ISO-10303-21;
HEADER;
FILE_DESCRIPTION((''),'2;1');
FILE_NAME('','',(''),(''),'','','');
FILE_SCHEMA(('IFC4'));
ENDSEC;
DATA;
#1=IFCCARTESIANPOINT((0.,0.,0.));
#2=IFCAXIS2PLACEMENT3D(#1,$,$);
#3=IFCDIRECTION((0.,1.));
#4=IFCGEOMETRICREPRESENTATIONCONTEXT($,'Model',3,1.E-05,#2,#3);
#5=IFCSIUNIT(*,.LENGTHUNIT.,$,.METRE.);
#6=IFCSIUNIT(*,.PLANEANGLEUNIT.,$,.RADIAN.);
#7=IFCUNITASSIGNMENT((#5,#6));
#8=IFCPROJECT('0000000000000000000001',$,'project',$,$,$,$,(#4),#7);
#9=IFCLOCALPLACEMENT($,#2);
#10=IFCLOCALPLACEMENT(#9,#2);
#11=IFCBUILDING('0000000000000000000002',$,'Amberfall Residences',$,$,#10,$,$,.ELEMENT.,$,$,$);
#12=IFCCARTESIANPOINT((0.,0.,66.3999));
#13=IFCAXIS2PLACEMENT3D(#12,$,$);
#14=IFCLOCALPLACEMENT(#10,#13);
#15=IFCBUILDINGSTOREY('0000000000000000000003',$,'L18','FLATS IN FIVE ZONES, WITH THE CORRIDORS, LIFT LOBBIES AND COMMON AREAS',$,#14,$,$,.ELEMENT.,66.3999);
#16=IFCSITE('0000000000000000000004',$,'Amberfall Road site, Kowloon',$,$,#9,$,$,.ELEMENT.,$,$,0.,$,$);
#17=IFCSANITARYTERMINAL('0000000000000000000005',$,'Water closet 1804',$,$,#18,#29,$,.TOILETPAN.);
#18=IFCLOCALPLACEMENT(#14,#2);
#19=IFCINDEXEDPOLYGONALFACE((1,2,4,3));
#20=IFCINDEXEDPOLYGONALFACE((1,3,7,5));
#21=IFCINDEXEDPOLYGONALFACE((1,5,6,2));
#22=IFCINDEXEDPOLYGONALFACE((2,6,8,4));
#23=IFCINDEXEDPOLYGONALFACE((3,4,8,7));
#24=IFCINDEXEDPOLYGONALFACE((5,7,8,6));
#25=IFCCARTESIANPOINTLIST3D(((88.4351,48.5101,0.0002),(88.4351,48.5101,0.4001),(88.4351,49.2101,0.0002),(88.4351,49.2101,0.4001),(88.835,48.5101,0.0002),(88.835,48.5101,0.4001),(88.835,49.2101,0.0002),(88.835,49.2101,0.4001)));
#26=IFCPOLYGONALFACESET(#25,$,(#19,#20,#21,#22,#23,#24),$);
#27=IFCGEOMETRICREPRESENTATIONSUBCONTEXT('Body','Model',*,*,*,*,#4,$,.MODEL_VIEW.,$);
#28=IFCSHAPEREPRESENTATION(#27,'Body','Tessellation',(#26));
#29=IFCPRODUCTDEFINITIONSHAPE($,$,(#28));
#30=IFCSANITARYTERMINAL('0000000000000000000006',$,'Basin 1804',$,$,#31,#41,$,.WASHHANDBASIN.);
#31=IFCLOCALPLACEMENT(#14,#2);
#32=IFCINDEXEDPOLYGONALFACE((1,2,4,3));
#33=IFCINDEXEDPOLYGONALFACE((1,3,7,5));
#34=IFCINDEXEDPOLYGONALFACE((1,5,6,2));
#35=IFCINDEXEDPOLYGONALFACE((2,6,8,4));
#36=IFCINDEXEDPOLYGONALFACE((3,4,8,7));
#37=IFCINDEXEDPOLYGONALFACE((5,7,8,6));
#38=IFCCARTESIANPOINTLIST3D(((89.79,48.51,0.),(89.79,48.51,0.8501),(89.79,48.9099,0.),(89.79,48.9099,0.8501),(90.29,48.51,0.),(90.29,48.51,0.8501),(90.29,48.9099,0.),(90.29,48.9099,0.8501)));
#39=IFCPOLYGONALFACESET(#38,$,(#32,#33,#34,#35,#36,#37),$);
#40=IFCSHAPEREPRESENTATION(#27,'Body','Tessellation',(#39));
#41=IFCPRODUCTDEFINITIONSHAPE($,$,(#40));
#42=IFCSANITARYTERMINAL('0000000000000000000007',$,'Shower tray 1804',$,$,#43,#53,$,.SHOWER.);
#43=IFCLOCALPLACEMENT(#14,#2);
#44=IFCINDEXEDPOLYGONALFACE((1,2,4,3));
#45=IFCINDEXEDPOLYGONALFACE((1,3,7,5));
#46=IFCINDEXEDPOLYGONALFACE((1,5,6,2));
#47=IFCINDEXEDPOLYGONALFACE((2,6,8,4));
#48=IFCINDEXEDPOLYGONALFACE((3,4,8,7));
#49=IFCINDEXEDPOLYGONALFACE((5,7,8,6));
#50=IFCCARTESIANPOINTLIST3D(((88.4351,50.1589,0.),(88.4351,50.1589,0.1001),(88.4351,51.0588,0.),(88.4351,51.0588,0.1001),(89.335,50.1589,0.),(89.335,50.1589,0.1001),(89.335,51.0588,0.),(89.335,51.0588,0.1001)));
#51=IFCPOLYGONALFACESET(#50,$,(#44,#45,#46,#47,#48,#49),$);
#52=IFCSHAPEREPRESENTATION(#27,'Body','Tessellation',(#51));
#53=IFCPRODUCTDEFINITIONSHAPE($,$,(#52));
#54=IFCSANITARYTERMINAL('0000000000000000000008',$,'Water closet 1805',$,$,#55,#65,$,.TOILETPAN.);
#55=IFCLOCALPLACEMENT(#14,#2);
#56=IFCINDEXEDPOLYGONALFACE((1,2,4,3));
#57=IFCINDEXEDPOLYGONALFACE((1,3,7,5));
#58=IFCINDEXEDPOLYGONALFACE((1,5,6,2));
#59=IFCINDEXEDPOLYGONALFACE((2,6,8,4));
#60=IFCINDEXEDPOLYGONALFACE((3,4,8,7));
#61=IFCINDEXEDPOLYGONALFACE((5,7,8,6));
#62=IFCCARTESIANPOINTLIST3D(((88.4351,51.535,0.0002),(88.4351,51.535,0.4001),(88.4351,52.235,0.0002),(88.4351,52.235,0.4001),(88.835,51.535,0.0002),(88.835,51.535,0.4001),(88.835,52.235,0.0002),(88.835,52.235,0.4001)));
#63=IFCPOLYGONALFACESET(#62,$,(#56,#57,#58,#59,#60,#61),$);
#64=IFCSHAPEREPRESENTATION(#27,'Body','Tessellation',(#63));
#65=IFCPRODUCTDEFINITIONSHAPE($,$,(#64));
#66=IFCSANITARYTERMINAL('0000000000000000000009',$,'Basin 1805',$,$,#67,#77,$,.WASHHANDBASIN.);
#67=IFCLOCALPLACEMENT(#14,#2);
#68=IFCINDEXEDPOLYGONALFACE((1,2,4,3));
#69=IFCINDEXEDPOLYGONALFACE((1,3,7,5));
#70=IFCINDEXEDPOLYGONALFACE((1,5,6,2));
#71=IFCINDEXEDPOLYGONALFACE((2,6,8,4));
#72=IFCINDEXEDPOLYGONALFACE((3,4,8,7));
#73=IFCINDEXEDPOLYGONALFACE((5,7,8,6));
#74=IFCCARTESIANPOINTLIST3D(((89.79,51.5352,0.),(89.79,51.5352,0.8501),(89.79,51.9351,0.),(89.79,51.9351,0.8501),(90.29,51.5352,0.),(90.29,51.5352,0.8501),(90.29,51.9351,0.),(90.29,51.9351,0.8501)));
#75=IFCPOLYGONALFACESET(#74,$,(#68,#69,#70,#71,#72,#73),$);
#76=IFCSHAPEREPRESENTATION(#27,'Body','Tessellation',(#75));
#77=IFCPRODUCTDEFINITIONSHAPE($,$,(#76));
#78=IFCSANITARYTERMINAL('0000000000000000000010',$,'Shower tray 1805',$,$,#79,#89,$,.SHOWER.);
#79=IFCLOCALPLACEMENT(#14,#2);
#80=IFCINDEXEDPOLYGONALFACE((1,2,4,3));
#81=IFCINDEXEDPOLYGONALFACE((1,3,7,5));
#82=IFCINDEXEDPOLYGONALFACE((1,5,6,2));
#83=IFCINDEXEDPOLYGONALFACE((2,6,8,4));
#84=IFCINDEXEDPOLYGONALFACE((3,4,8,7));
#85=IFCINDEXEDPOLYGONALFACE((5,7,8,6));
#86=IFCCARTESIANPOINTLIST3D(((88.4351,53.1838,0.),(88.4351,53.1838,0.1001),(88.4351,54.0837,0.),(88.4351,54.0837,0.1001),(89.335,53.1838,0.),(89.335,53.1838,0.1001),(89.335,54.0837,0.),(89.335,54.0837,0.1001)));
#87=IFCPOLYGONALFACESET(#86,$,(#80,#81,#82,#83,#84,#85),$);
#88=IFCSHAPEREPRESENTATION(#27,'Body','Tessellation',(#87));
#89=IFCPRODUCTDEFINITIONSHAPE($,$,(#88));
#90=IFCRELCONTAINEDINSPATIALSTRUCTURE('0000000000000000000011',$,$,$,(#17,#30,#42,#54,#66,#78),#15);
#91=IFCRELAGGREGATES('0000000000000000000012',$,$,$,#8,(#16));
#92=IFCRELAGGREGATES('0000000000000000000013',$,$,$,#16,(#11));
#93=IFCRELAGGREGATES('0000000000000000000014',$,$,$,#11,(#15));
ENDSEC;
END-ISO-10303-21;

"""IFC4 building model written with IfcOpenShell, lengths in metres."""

from ifc_helpers import new_model, si_unit, direction, frame, origin, origin_2d, place, context, subcontext, project, spatial, rectangle, extrude, element, save


model = new_model("IFC4")

# Units and contexts
model_context = context("Model", 3, precision=1e-05, world=origin(), true_north=direction((0.0, 1.0)))
body_context = subcontext(model_context, "Body", "Model", "MODEL_VIEW")
ifc_project = project(units=[si_unit("LENGTHUNIT", "METRE"), si_unit("PLANEANGLEUNIT", "RADIAN")], contexts=[model_context])

# Site, building, storey
site_placement = place(None, origin())
site = spatial("IfcSite", under=ifc_project, at=site_placement, Name="Amberfall Road site, Kowloon", CompositionType="ELEMENT", RefElevation=0.0)
building_placement = place(site_placement, origin())
building = spatial("IfcBuilding", under=site, at=building_placement, Name="Amberfall Residences", CompositionType="ELEMENT")
storey_placement = place(building_placement, frame((0.0, 0.0, 66.3999)))
storey = spatial("IfcBuildingStorey", under=building, at=storey_placement, Name="L18", Description="FLATS IN FIVE ZONES, WITH THE CORRIDORS, LIFT LOBBIES AND COMMON AREAS", CompositionType="ELEMENT", Elevation=66.3999)

# Sanitary terminals
sanitary_terminal_1_placement = place(storey_placement, frame((88.635, 48.8601, 0.0002), z_axis=(0.0, 0.0, 1.0), x_axis=(1.0, 0.0, 0.0)))
element("IfcSanitaryTerminal", 1, at=sanitary_terminal_1_placement, inside=storey, Name="Water closet 1804", PredefinedType="TOILETPAN", context=body_context, shape_type="SweptSolid", body=[
    extrude(rectangle(XDim=0.3999, YDim=0.7, at=origin_2d()), origin(), (0.0, 0.0, 1.0), 0.3999),
])
sanitary_terminal_2_placement = place(storey_placement, frame((90.04, 48.71, 0.0), z_axis=(0.0, 0.0, 1.0), x_axis=(1.0, 0.0, 0.0)))
element("IfcSanitaryTerminal", 2, at=sanitary_terminal_2_placement, inside=storey, Name="Basin 1804", PredefinedType="WASHHANDBASIN", context=body_context, shape_type="SweptSolid", body=[
    extrude(rectangle(XDim=0.5, YDim=0.3999, at=origin_2d()), origin(), (0.0, 0.0, 1.0), 0.8501),
])
sanitary_terminal_3_placement = place(storey_placement, frame((88.885, 50.6089, 0.0), z_axis=(0.0, 0.0, 1.0), x_axis=(1.0, 0.0, 0.0)))
element("IfcSanitaryTerminal", 3, at=sanitary_terminal_3_placement, inside=storey, Name="Shower tray 1804", PredefinedType="SHOWER", context=body_context, shape_type="SweptSolid", body=[
    extrude(rectangle(XDim=0.8999, YDim=0.8999, at=origin_2d()), origin(), (0.0, 0.0, 1.0), 0.1001),
])
sanitary_terminal_4_placement = place(storey_placement, frame((88.635, 51.885, 0.0002), z_axis=(0.0, 0.0, 1.0), x_axis=(1.0, 0.0, 0.0)))
element("IfcSanitaryTerminal", 4, at=sanitary_terminal_4_placement, inside=storey, Name="Water closet 1805", PredefinedType="TOILETPAN", context=body_context, shape_type="SweptSolid", body=[
    extrude(rectangle(XDim=0.3999, YDim=0.7, at=origin_2d()), origin(), (0.0, 0.0, 1.0), 0.3999),
])
sanitary_terminal_5_placement = place(storey_placement, frame((90.04, 51.7351, 0.0), z_axis=(0.0, 0.0, 1.0), x_axis=(1.0, 0.0, 0.0)))
element("IfcSanitaryTerminal", 5, at=sanitary_terminal_5_placement, inside=storey, Name="Basin 1805", PredefinedType="WASHHANDBASIN", context=body_context, shape_type="SweptSolid", body=[
    extrude(rectangle(XDim=0.5, YDim=0.3999, at=origin_2d()), origin(), (0.0, 0.0, 1.0), 0.8501),
])
sanitary_terminal_6_placement = place(storey_placement, frame((88.885, 53.6338, 0.0), z_axis=(0.0, 0.0, 1.0), x_axis=(1.0, 0.0, 0.0)))
element("IfcSanitaryTerminal", 6, at=sanitary_terminal_6_placement, inside=storey, Name="Shower tray 1805", PredefinedType="SHOWER", context=body_context, shape_type="SweptSolid", body=[
    extrude(rectangle(XDim=0.8999, YDim=0.8999, at=origin_2d()), origin(), (0.0, 0.0, 1.0), 0.1001),
])

save(model, "model.ifc")
